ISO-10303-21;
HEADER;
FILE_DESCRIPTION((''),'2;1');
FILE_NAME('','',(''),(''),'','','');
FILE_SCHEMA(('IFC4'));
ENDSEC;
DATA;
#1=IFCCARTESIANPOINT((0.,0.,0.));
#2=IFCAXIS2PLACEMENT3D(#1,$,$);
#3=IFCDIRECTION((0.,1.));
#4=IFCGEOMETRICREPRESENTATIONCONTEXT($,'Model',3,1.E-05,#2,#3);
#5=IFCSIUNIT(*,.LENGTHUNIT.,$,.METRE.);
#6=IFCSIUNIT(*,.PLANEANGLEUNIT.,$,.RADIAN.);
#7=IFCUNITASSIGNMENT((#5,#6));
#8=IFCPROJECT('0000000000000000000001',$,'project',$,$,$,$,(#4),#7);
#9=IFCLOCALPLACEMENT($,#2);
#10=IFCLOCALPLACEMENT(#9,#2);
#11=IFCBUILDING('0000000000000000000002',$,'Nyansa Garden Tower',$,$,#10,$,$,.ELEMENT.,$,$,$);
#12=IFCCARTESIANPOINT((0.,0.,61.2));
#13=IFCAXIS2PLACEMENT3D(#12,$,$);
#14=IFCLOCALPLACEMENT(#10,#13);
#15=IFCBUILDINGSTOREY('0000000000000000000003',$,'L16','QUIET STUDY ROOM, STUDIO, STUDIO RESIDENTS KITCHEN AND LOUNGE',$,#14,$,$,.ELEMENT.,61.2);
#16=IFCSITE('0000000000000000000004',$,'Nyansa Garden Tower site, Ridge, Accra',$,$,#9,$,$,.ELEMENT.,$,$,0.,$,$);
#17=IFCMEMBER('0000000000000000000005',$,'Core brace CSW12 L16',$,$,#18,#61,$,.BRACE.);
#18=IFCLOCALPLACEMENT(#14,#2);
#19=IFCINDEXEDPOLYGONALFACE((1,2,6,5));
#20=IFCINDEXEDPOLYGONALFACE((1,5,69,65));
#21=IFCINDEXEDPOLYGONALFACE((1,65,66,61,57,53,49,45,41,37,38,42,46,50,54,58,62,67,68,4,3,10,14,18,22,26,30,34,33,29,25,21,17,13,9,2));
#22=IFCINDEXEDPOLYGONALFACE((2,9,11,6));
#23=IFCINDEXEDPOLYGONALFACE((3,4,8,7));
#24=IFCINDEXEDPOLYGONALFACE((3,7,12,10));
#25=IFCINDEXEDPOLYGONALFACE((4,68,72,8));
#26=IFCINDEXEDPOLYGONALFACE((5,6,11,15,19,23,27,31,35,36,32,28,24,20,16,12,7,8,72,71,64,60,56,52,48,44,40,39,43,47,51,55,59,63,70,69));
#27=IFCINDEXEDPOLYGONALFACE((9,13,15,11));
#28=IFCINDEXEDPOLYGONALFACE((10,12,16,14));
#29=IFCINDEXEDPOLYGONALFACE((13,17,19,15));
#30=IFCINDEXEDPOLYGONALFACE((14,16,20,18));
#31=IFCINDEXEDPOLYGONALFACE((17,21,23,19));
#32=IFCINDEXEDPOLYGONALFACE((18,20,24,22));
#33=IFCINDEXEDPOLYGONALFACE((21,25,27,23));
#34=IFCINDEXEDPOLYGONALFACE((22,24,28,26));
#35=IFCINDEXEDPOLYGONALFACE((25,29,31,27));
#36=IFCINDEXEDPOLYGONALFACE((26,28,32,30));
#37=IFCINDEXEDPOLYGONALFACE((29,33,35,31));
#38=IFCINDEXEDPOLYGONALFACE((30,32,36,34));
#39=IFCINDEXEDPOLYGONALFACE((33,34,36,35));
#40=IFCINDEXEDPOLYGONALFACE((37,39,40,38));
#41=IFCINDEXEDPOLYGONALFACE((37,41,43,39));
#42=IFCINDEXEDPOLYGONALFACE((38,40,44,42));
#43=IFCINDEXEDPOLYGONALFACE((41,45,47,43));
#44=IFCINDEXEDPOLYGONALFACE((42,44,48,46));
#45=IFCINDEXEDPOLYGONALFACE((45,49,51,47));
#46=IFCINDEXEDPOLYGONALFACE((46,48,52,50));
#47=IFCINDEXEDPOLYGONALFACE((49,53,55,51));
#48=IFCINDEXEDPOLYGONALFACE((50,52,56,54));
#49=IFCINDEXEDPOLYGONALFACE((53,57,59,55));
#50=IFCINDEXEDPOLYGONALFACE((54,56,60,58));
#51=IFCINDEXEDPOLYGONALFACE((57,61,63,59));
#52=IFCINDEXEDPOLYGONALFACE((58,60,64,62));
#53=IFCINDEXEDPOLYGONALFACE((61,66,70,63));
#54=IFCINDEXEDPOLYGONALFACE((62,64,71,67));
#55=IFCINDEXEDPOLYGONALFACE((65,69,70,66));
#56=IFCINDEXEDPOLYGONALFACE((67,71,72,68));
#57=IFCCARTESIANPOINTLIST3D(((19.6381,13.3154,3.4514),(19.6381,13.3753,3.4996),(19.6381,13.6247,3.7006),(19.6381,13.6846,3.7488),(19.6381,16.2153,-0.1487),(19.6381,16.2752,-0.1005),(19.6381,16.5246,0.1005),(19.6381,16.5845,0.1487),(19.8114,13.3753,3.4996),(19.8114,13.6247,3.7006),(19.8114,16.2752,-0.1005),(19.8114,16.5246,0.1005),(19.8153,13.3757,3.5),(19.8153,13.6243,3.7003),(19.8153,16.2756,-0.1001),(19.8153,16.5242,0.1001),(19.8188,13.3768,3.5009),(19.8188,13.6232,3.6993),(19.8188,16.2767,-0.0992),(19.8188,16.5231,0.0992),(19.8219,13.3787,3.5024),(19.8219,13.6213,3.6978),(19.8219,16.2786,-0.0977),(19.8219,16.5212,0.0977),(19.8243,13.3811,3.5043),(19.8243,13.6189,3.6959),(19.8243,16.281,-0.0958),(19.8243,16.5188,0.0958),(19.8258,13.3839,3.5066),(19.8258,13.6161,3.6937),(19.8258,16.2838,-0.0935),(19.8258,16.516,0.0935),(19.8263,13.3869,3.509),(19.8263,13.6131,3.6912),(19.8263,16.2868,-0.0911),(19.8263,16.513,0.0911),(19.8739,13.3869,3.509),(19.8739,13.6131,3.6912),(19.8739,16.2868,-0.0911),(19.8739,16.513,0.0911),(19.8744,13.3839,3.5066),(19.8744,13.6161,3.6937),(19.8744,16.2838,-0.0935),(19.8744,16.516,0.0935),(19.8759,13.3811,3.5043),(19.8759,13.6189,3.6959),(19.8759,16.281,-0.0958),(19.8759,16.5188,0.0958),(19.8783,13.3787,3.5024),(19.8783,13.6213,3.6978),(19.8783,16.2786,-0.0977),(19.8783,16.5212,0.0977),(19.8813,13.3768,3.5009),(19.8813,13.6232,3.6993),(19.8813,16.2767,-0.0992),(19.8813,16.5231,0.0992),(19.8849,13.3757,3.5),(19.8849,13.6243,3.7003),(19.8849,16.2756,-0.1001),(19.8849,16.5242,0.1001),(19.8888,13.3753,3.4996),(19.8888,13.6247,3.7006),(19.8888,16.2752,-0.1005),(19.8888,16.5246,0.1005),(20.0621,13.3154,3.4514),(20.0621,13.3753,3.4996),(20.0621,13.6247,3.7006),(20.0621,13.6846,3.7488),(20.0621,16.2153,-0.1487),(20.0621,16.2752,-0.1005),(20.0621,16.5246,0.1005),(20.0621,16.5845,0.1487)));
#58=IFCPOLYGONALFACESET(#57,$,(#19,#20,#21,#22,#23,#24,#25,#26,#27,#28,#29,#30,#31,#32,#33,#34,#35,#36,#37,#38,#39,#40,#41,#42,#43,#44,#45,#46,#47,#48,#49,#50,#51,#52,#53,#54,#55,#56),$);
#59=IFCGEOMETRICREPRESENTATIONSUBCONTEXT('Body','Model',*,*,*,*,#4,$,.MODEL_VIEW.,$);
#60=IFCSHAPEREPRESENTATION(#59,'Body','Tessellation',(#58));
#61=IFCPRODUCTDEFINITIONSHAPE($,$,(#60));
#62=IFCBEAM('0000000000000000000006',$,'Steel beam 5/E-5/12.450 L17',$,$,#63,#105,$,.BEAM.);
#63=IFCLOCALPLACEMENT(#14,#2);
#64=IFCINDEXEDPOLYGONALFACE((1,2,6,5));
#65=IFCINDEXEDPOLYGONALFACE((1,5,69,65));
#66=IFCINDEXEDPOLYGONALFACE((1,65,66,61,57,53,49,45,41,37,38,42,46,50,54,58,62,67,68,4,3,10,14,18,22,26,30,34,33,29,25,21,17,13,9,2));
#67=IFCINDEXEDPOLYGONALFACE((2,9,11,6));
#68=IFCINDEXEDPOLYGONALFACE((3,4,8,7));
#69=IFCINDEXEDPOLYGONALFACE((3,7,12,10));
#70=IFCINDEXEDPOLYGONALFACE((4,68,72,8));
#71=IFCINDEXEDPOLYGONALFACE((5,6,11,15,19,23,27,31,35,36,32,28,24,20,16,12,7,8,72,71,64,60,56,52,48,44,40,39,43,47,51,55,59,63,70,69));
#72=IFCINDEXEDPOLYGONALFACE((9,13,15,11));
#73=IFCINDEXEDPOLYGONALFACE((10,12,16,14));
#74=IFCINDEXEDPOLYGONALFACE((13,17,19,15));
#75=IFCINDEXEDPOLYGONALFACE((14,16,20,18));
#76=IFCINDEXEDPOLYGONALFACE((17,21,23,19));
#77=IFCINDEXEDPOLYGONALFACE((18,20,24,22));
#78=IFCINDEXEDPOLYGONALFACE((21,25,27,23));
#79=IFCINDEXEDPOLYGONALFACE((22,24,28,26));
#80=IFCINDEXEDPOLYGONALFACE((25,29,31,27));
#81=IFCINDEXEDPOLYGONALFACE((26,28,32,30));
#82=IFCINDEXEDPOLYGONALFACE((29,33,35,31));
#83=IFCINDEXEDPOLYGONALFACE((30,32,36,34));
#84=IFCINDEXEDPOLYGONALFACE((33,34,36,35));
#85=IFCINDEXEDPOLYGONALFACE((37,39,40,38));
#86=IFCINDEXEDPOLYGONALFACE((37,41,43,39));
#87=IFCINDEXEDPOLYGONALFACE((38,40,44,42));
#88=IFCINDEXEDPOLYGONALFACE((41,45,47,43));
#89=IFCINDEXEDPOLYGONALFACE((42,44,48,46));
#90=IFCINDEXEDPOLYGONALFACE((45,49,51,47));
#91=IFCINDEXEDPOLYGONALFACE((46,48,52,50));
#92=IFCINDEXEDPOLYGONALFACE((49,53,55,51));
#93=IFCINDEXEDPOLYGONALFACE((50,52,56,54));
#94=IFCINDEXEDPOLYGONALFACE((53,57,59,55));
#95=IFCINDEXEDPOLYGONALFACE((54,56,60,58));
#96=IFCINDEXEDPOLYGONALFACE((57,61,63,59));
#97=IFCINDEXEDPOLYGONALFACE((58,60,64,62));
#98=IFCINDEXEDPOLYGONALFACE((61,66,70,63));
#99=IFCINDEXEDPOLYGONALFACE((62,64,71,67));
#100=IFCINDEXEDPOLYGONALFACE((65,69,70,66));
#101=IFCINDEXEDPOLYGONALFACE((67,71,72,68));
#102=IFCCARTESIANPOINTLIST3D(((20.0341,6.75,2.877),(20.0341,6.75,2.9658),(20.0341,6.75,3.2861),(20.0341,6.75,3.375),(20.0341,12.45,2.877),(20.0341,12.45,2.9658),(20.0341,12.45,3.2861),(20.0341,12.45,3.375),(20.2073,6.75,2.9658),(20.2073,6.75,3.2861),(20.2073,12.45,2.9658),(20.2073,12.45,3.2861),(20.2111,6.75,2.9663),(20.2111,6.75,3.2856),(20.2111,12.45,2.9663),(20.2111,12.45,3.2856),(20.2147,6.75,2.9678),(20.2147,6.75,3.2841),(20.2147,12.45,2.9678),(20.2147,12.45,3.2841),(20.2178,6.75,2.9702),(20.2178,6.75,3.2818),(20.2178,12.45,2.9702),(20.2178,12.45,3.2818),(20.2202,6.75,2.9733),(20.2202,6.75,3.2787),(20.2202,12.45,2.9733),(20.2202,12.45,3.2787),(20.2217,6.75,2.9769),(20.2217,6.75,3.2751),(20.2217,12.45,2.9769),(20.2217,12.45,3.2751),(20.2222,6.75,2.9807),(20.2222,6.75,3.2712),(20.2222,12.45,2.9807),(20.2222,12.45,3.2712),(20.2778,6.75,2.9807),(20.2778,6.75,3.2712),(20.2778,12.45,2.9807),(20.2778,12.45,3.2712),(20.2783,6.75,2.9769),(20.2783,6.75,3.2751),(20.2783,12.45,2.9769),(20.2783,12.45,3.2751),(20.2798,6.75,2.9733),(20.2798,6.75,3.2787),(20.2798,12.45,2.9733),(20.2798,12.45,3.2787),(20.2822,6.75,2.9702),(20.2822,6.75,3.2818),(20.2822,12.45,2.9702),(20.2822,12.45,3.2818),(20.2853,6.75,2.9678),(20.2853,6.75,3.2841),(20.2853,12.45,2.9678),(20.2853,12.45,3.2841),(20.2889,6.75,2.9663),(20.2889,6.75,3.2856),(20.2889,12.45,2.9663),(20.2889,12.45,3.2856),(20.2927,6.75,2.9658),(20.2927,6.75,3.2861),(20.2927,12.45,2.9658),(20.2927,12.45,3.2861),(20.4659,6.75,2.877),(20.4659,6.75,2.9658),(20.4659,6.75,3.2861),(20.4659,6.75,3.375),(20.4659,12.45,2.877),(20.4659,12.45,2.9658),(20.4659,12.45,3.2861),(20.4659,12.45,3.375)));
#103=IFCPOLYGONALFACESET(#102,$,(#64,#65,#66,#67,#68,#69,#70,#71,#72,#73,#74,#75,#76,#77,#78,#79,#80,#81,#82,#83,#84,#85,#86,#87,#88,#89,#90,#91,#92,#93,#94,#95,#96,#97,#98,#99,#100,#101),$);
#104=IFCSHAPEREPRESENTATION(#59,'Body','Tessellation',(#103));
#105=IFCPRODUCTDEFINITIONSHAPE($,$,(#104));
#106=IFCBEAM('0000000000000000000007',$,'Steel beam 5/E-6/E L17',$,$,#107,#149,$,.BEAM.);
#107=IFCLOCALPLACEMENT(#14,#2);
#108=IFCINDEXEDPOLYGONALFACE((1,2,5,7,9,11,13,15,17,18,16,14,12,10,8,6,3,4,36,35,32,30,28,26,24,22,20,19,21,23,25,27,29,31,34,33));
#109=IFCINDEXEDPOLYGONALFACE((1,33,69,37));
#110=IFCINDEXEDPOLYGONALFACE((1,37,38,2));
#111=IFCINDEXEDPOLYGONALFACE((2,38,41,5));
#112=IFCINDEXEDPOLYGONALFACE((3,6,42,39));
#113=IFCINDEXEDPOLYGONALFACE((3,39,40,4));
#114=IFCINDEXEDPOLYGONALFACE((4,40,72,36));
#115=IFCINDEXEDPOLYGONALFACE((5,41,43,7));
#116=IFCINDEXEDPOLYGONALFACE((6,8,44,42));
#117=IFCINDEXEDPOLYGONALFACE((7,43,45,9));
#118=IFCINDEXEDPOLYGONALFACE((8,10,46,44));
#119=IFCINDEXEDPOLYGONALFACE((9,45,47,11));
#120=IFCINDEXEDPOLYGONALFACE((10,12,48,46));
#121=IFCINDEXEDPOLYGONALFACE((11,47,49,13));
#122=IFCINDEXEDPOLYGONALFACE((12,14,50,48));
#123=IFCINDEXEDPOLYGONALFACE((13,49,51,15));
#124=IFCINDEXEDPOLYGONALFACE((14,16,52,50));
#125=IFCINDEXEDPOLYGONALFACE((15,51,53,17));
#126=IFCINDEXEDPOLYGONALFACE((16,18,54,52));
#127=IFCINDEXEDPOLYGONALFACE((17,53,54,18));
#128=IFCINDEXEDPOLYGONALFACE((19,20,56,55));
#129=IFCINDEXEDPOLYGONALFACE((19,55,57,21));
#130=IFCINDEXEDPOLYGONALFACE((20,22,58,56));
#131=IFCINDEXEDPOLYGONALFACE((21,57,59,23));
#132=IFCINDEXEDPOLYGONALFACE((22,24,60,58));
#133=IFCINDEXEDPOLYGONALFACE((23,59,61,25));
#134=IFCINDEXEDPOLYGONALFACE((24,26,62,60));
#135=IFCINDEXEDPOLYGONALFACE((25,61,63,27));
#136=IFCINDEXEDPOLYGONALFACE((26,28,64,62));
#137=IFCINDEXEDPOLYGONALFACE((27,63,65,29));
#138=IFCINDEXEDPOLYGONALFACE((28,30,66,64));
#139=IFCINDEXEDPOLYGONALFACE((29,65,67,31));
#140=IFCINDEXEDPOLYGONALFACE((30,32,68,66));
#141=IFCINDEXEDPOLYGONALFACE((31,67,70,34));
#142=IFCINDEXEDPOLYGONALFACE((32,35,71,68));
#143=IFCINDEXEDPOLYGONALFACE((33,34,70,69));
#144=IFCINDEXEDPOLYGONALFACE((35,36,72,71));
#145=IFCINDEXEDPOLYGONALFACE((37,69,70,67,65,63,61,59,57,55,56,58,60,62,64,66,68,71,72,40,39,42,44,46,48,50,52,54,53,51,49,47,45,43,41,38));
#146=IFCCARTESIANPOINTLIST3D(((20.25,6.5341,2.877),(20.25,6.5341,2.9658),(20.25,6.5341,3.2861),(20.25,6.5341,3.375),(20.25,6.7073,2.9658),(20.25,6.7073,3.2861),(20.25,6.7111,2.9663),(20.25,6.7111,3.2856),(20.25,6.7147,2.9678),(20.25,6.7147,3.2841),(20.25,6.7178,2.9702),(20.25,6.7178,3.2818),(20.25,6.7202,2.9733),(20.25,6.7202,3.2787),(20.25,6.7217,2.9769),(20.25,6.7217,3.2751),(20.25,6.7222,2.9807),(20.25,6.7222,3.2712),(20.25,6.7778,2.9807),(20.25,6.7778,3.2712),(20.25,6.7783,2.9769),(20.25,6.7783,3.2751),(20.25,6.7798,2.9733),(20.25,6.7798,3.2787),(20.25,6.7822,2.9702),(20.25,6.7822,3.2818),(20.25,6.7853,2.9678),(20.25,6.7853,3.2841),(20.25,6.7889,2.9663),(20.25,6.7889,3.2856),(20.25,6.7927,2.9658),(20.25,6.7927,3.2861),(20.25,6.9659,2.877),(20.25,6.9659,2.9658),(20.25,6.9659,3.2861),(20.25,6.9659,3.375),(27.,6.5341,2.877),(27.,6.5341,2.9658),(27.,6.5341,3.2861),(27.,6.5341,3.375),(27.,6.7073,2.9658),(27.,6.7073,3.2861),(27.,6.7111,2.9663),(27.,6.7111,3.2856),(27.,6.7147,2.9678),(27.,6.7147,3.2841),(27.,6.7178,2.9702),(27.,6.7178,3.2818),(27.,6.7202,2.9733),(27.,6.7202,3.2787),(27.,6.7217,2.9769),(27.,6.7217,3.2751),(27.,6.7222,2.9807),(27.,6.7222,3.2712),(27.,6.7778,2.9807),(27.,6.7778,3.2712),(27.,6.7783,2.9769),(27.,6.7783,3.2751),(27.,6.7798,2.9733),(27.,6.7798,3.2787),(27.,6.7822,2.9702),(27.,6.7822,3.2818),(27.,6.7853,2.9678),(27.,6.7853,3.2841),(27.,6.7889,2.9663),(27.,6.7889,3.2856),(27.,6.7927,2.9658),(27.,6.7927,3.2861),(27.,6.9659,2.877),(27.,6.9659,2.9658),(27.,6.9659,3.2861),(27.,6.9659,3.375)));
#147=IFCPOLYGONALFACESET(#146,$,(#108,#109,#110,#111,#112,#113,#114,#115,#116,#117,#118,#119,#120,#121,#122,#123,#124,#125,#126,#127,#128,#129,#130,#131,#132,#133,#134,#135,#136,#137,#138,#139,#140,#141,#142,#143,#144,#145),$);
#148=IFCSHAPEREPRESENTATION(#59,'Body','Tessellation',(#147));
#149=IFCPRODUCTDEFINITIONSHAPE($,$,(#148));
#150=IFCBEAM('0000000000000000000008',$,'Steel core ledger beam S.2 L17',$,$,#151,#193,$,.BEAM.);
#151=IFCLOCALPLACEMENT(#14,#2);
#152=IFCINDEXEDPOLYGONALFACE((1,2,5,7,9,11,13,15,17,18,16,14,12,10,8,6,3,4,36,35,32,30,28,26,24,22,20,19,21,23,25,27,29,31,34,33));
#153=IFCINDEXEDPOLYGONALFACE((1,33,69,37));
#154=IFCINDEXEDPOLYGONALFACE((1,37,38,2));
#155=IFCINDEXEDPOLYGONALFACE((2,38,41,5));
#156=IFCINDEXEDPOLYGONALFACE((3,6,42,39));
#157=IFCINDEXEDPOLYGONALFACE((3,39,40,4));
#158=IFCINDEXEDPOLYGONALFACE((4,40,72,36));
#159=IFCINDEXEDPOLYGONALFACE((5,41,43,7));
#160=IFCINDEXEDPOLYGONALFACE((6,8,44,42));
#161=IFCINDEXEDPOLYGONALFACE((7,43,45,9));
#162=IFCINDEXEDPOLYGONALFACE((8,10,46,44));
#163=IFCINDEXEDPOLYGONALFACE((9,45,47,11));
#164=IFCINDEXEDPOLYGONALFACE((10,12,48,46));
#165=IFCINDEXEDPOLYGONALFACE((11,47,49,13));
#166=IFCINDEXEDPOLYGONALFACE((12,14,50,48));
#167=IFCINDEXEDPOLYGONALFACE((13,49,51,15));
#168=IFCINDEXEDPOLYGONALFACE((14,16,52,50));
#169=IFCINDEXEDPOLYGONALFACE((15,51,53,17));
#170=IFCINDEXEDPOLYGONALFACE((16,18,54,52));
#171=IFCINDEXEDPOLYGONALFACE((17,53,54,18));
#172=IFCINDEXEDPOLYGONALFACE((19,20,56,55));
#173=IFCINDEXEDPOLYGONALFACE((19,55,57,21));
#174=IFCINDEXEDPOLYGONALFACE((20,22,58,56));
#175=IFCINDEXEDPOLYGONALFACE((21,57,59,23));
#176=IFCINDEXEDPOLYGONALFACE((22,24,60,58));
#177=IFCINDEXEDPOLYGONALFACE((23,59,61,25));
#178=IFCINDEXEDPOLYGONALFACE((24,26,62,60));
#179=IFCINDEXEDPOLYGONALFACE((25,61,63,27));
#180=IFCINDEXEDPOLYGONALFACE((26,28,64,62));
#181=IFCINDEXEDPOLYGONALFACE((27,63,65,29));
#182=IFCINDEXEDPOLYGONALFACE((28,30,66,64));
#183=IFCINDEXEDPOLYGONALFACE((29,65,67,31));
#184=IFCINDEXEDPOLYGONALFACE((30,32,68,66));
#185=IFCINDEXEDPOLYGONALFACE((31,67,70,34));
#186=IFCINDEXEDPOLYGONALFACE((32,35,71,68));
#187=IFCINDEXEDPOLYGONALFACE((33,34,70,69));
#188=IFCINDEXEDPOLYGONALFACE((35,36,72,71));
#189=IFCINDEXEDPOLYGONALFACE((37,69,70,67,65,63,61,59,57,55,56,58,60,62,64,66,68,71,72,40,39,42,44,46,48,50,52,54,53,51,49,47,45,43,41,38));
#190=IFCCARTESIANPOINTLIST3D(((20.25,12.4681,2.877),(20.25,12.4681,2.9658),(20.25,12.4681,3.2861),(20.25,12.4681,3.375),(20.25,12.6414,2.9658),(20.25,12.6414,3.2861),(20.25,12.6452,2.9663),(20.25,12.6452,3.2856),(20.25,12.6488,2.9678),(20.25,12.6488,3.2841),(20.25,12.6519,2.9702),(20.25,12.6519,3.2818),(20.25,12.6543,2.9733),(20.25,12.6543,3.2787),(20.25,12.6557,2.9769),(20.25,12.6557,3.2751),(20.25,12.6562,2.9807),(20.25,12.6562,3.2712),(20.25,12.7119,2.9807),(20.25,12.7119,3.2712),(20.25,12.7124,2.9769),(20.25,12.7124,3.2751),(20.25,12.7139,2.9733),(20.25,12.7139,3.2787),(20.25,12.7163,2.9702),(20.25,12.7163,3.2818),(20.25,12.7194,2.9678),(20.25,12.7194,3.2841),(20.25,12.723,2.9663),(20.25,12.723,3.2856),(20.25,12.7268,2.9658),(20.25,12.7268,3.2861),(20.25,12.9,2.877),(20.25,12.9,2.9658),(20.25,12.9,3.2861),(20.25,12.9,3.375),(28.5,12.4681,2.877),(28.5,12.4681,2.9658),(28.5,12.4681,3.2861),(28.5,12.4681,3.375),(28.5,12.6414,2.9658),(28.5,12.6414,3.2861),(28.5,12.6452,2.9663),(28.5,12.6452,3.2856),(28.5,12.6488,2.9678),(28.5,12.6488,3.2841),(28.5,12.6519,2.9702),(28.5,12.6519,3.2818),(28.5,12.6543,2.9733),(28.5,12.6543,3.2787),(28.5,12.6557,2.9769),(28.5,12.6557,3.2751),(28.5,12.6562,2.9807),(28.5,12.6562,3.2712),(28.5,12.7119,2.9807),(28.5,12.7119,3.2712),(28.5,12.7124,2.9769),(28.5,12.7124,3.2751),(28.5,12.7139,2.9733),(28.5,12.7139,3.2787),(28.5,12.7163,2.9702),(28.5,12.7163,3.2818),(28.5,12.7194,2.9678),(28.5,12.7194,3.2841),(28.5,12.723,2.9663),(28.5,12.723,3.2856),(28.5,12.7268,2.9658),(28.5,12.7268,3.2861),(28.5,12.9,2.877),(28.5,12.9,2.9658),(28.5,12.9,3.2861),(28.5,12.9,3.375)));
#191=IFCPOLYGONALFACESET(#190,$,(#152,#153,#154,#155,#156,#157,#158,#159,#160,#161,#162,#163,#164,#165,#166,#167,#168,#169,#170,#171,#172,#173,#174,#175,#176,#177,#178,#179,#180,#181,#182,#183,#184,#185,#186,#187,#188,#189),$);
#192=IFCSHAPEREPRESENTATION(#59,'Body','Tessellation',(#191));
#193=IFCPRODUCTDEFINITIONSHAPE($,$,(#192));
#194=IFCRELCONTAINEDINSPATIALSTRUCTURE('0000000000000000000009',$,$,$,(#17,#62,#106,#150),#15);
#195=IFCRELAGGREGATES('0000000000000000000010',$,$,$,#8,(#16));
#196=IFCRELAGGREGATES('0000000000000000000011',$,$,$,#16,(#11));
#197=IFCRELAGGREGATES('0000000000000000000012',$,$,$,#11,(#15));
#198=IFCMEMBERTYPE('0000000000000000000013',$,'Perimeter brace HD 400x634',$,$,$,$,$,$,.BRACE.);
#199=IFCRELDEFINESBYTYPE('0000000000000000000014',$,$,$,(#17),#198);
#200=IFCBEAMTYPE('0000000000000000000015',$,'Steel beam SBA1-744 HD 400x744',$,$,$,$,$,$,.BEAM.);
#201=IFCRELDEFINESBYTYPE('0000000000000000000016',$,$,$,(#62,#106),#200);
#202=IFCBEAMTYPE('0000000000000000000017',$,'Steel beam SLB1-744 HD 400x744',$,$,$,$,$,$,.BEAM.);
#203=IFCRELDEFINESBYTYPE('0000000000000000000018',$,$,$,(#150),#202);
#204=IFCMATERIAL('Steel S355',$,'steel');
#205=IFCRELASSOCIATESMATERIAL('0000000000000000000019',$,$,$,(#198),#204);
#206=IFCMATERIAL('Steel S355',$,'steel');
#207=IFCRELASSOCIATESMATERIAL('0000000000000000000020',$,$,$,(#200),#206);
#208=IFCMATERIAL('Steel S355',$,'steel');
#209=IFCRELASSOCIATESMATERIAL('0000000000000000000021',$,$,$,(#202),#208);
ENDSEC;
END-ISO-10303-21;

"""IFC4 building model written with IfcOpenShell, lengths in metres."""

from ifc_helpers import new_model, si_unit, direction, frame, origin, origin_2d, place, context, subcontext, project, spatial, i_section, extrude, material, material_profile, profile_set, type_object, element, save


model = new_model("IFC4")

# Units and contexts
model_context = context("Model", 3, precision=1e-05, world=origin(), true_north=direction((0.0, 1.0)))
body_context = subcontext(model_context, "Body", "Model", "MODEL_VIEW")
ifc_project = project(units=[si_unit("LENGTHUNIT", "METRE"), si_unit("PLANEANGLEUNIT", "RADIAN")], contexts=[model_context])

# Site, building, storey
site_placement = place(None, origin())
site = spatial("IfcSite", under=ifc_project, at=site_placement, Name="Nyansa Garden Tower site, Ridge, Accra", CompositionType="ELEMENT", RefElevation=0.0)
building_placement = place(site_placement, origin())
building = spatial("IfcBuilding", under=site, at=building_placement, Name="Nyansa Garden Tower", CompositionType="ELEMENT")
storey_placement = place(building_placement, frame((0.0, 0.0, 61.2)))
storey = spatial("IfcBuildingStorey", under=building, at=storey_placement, Name="L16", Description="QUIET STUDY ROOM, STUDIO, STUDIO RESIDENTS KITCHEN AND LOUNGE", CompositionType="ELEMENT", Elevation=61.2)

# Member
ifc_material_1 = material(Name="Steel S355", Category="steel")
ifc_material_profile_1 = material_profile(ifc_material_1, i_section(OverallWidth=0.4241, OverallDepth=0.4741, WebThickness=0.0476, FlangeThickness=0.0769, FilletRadius=0.0149, at=origin_2d()), Name="HD 400x634")
ifc_profile_set_1 = profile_set([ifc_material_profile_1], Name="Steel S355")
member_type = type_object("IfcMemberType", Name="Perimeter brace HD 400x634", PredefinedType="BRACE", material=ifc_profile_set_1)
for number, where, z_axis, x_axis, name in (
    (1, (19.8501, 16.3999, 0.0), (0.0, -0.627306, 0.778773), (1.0, 0.0, 0.0), "Core brace CSW12 L16"),
):
    element("IfcMember", number, at=place(storey_placement, frame(where, z_axis=z_axis, x_axis=x_axis)), inside=storey, type_object=member_type, Name=name, PredefinedType="BRACE", context=body_context, shape_type="SweptSolid", body=[
        extrude(i_section(OverallWidth=0.4241, OverallDepth=0.4741, WebThickness=0.0476, FlangeThickness=0.0769, FilletRadius=0.0149, at=origin_2d()), origin(), (0.0, 0.0, 1.0), 4.6228),
    ])

# Beams
ifc_material_2 = material(Name="Steel S355", Category="steel")
ifc_material_profile_2 = material_profile(ifc_material_2, i_section(OverallWidth=0.4319, OverallDepth=0.498, WebThickness=0.0557, FlangeThickness=0.0889, FilletRadius=0.0149, at=origin_2d()), Name="HD 400x744")
ifc_profile_set_2 = profile_set([ifc_material_profile_2], Name="Steel S355")
beam_type_1 = type_object("IfcBeamType", Name="Steel beam SBA1-744 HD 400x744", PredefinedType="BEAM", material=ifc_profile_set_2)
beam_1_placement = place(storey_placement, frame((20.25, 6.75, 3.126), z_axis=(0.0, 1.0, 0.0), x_axis=(-1.0, 0.0, 0.0)))
element("IfcBeam", 2, at=beam_1_placement, inside=storey, type_object=beam_type_1, Name="Steel beam 5/E-5/12.450 L17", PredefinedType="BEAM", context=body_context, shape_type="SweptSolid", body=[
    extrude(i_section(OverallWidth=0.4319, OverallDepth=0.498, WebThickness=0.0557, FlangeThickness=0.0889, FilletRadius=0.0149, at=origin_2d()), origin(), (0.0, 0.0, 1.0), 5.7),
])
beam_2_placement = place(storey_placement, frame((20.25, 6.75, 3.126), z_axis=(1.0, 0.0, 0.0), x_axis=(0.0, 1.0, 0.0)))
element("IfcBeam", 3, at=beam_2_placement, inside=storey, type_object=beam_type_1, Name="Steel beam 5/E-6/E L17", PredefinedType="BEAM", context=body_context, shape_type="SweptSolid", body=[
    extrude(i_section(OverallWidth=0.4319, OverallDepth=0.498, WebThickness=0.0557, FlangeThickness=0.0889, FilletRadius=0.0149, at=origin_2d()), origin(), (0.0, 0.0, 1.0), 6.75),
])
ifc_material_3 = material(Name="Steel S355", Category="steel")
ifc_material_profile_3 = material_profile(ifc_material_3, i_section(OverallWidth=0.4319, OverallDepth=0.498, WebThickness=0.0557, FlangeThickness=0.0889, FilletRadius=0.0149, at=origin_2d()), Name="HD 400x744")
ifc_profile_set_3 = profile_set([ifc_material_profile_3], Name="Steel S355")
beam_type_2 = type_object("IfcBeamType", Name="Steel beam SLB1-744 HD 400x744", PredefinedType="BEAM", material=ifc_profile_set_3)
beam_3_placement = place(storey_placement, frame((20.25, 12.6841, 3.126), z_axis=(1.0, 0.0, 0.0), x_axis=(0.0, 1.0, 0.0)))
element("IfcBeam", 4, at=beam_3_placement, inside=storey, type_object=beam_type_2, Name="Steel core ledger beam S.2 L17", PredefinedType="BEAM", context=body_context, shape_type="SweptSolid", body=[
    extrude(i_section(OverallWidth=0.4319, OverallDepth=0.498, WebThickness=0.0557, FlangeThickness=0.0889, FilletRadius=0.0149, at=origin_2d()), origin(), (0.0, 0.0, 1.0), 8.25),
])

save(model, "model.ifc")
